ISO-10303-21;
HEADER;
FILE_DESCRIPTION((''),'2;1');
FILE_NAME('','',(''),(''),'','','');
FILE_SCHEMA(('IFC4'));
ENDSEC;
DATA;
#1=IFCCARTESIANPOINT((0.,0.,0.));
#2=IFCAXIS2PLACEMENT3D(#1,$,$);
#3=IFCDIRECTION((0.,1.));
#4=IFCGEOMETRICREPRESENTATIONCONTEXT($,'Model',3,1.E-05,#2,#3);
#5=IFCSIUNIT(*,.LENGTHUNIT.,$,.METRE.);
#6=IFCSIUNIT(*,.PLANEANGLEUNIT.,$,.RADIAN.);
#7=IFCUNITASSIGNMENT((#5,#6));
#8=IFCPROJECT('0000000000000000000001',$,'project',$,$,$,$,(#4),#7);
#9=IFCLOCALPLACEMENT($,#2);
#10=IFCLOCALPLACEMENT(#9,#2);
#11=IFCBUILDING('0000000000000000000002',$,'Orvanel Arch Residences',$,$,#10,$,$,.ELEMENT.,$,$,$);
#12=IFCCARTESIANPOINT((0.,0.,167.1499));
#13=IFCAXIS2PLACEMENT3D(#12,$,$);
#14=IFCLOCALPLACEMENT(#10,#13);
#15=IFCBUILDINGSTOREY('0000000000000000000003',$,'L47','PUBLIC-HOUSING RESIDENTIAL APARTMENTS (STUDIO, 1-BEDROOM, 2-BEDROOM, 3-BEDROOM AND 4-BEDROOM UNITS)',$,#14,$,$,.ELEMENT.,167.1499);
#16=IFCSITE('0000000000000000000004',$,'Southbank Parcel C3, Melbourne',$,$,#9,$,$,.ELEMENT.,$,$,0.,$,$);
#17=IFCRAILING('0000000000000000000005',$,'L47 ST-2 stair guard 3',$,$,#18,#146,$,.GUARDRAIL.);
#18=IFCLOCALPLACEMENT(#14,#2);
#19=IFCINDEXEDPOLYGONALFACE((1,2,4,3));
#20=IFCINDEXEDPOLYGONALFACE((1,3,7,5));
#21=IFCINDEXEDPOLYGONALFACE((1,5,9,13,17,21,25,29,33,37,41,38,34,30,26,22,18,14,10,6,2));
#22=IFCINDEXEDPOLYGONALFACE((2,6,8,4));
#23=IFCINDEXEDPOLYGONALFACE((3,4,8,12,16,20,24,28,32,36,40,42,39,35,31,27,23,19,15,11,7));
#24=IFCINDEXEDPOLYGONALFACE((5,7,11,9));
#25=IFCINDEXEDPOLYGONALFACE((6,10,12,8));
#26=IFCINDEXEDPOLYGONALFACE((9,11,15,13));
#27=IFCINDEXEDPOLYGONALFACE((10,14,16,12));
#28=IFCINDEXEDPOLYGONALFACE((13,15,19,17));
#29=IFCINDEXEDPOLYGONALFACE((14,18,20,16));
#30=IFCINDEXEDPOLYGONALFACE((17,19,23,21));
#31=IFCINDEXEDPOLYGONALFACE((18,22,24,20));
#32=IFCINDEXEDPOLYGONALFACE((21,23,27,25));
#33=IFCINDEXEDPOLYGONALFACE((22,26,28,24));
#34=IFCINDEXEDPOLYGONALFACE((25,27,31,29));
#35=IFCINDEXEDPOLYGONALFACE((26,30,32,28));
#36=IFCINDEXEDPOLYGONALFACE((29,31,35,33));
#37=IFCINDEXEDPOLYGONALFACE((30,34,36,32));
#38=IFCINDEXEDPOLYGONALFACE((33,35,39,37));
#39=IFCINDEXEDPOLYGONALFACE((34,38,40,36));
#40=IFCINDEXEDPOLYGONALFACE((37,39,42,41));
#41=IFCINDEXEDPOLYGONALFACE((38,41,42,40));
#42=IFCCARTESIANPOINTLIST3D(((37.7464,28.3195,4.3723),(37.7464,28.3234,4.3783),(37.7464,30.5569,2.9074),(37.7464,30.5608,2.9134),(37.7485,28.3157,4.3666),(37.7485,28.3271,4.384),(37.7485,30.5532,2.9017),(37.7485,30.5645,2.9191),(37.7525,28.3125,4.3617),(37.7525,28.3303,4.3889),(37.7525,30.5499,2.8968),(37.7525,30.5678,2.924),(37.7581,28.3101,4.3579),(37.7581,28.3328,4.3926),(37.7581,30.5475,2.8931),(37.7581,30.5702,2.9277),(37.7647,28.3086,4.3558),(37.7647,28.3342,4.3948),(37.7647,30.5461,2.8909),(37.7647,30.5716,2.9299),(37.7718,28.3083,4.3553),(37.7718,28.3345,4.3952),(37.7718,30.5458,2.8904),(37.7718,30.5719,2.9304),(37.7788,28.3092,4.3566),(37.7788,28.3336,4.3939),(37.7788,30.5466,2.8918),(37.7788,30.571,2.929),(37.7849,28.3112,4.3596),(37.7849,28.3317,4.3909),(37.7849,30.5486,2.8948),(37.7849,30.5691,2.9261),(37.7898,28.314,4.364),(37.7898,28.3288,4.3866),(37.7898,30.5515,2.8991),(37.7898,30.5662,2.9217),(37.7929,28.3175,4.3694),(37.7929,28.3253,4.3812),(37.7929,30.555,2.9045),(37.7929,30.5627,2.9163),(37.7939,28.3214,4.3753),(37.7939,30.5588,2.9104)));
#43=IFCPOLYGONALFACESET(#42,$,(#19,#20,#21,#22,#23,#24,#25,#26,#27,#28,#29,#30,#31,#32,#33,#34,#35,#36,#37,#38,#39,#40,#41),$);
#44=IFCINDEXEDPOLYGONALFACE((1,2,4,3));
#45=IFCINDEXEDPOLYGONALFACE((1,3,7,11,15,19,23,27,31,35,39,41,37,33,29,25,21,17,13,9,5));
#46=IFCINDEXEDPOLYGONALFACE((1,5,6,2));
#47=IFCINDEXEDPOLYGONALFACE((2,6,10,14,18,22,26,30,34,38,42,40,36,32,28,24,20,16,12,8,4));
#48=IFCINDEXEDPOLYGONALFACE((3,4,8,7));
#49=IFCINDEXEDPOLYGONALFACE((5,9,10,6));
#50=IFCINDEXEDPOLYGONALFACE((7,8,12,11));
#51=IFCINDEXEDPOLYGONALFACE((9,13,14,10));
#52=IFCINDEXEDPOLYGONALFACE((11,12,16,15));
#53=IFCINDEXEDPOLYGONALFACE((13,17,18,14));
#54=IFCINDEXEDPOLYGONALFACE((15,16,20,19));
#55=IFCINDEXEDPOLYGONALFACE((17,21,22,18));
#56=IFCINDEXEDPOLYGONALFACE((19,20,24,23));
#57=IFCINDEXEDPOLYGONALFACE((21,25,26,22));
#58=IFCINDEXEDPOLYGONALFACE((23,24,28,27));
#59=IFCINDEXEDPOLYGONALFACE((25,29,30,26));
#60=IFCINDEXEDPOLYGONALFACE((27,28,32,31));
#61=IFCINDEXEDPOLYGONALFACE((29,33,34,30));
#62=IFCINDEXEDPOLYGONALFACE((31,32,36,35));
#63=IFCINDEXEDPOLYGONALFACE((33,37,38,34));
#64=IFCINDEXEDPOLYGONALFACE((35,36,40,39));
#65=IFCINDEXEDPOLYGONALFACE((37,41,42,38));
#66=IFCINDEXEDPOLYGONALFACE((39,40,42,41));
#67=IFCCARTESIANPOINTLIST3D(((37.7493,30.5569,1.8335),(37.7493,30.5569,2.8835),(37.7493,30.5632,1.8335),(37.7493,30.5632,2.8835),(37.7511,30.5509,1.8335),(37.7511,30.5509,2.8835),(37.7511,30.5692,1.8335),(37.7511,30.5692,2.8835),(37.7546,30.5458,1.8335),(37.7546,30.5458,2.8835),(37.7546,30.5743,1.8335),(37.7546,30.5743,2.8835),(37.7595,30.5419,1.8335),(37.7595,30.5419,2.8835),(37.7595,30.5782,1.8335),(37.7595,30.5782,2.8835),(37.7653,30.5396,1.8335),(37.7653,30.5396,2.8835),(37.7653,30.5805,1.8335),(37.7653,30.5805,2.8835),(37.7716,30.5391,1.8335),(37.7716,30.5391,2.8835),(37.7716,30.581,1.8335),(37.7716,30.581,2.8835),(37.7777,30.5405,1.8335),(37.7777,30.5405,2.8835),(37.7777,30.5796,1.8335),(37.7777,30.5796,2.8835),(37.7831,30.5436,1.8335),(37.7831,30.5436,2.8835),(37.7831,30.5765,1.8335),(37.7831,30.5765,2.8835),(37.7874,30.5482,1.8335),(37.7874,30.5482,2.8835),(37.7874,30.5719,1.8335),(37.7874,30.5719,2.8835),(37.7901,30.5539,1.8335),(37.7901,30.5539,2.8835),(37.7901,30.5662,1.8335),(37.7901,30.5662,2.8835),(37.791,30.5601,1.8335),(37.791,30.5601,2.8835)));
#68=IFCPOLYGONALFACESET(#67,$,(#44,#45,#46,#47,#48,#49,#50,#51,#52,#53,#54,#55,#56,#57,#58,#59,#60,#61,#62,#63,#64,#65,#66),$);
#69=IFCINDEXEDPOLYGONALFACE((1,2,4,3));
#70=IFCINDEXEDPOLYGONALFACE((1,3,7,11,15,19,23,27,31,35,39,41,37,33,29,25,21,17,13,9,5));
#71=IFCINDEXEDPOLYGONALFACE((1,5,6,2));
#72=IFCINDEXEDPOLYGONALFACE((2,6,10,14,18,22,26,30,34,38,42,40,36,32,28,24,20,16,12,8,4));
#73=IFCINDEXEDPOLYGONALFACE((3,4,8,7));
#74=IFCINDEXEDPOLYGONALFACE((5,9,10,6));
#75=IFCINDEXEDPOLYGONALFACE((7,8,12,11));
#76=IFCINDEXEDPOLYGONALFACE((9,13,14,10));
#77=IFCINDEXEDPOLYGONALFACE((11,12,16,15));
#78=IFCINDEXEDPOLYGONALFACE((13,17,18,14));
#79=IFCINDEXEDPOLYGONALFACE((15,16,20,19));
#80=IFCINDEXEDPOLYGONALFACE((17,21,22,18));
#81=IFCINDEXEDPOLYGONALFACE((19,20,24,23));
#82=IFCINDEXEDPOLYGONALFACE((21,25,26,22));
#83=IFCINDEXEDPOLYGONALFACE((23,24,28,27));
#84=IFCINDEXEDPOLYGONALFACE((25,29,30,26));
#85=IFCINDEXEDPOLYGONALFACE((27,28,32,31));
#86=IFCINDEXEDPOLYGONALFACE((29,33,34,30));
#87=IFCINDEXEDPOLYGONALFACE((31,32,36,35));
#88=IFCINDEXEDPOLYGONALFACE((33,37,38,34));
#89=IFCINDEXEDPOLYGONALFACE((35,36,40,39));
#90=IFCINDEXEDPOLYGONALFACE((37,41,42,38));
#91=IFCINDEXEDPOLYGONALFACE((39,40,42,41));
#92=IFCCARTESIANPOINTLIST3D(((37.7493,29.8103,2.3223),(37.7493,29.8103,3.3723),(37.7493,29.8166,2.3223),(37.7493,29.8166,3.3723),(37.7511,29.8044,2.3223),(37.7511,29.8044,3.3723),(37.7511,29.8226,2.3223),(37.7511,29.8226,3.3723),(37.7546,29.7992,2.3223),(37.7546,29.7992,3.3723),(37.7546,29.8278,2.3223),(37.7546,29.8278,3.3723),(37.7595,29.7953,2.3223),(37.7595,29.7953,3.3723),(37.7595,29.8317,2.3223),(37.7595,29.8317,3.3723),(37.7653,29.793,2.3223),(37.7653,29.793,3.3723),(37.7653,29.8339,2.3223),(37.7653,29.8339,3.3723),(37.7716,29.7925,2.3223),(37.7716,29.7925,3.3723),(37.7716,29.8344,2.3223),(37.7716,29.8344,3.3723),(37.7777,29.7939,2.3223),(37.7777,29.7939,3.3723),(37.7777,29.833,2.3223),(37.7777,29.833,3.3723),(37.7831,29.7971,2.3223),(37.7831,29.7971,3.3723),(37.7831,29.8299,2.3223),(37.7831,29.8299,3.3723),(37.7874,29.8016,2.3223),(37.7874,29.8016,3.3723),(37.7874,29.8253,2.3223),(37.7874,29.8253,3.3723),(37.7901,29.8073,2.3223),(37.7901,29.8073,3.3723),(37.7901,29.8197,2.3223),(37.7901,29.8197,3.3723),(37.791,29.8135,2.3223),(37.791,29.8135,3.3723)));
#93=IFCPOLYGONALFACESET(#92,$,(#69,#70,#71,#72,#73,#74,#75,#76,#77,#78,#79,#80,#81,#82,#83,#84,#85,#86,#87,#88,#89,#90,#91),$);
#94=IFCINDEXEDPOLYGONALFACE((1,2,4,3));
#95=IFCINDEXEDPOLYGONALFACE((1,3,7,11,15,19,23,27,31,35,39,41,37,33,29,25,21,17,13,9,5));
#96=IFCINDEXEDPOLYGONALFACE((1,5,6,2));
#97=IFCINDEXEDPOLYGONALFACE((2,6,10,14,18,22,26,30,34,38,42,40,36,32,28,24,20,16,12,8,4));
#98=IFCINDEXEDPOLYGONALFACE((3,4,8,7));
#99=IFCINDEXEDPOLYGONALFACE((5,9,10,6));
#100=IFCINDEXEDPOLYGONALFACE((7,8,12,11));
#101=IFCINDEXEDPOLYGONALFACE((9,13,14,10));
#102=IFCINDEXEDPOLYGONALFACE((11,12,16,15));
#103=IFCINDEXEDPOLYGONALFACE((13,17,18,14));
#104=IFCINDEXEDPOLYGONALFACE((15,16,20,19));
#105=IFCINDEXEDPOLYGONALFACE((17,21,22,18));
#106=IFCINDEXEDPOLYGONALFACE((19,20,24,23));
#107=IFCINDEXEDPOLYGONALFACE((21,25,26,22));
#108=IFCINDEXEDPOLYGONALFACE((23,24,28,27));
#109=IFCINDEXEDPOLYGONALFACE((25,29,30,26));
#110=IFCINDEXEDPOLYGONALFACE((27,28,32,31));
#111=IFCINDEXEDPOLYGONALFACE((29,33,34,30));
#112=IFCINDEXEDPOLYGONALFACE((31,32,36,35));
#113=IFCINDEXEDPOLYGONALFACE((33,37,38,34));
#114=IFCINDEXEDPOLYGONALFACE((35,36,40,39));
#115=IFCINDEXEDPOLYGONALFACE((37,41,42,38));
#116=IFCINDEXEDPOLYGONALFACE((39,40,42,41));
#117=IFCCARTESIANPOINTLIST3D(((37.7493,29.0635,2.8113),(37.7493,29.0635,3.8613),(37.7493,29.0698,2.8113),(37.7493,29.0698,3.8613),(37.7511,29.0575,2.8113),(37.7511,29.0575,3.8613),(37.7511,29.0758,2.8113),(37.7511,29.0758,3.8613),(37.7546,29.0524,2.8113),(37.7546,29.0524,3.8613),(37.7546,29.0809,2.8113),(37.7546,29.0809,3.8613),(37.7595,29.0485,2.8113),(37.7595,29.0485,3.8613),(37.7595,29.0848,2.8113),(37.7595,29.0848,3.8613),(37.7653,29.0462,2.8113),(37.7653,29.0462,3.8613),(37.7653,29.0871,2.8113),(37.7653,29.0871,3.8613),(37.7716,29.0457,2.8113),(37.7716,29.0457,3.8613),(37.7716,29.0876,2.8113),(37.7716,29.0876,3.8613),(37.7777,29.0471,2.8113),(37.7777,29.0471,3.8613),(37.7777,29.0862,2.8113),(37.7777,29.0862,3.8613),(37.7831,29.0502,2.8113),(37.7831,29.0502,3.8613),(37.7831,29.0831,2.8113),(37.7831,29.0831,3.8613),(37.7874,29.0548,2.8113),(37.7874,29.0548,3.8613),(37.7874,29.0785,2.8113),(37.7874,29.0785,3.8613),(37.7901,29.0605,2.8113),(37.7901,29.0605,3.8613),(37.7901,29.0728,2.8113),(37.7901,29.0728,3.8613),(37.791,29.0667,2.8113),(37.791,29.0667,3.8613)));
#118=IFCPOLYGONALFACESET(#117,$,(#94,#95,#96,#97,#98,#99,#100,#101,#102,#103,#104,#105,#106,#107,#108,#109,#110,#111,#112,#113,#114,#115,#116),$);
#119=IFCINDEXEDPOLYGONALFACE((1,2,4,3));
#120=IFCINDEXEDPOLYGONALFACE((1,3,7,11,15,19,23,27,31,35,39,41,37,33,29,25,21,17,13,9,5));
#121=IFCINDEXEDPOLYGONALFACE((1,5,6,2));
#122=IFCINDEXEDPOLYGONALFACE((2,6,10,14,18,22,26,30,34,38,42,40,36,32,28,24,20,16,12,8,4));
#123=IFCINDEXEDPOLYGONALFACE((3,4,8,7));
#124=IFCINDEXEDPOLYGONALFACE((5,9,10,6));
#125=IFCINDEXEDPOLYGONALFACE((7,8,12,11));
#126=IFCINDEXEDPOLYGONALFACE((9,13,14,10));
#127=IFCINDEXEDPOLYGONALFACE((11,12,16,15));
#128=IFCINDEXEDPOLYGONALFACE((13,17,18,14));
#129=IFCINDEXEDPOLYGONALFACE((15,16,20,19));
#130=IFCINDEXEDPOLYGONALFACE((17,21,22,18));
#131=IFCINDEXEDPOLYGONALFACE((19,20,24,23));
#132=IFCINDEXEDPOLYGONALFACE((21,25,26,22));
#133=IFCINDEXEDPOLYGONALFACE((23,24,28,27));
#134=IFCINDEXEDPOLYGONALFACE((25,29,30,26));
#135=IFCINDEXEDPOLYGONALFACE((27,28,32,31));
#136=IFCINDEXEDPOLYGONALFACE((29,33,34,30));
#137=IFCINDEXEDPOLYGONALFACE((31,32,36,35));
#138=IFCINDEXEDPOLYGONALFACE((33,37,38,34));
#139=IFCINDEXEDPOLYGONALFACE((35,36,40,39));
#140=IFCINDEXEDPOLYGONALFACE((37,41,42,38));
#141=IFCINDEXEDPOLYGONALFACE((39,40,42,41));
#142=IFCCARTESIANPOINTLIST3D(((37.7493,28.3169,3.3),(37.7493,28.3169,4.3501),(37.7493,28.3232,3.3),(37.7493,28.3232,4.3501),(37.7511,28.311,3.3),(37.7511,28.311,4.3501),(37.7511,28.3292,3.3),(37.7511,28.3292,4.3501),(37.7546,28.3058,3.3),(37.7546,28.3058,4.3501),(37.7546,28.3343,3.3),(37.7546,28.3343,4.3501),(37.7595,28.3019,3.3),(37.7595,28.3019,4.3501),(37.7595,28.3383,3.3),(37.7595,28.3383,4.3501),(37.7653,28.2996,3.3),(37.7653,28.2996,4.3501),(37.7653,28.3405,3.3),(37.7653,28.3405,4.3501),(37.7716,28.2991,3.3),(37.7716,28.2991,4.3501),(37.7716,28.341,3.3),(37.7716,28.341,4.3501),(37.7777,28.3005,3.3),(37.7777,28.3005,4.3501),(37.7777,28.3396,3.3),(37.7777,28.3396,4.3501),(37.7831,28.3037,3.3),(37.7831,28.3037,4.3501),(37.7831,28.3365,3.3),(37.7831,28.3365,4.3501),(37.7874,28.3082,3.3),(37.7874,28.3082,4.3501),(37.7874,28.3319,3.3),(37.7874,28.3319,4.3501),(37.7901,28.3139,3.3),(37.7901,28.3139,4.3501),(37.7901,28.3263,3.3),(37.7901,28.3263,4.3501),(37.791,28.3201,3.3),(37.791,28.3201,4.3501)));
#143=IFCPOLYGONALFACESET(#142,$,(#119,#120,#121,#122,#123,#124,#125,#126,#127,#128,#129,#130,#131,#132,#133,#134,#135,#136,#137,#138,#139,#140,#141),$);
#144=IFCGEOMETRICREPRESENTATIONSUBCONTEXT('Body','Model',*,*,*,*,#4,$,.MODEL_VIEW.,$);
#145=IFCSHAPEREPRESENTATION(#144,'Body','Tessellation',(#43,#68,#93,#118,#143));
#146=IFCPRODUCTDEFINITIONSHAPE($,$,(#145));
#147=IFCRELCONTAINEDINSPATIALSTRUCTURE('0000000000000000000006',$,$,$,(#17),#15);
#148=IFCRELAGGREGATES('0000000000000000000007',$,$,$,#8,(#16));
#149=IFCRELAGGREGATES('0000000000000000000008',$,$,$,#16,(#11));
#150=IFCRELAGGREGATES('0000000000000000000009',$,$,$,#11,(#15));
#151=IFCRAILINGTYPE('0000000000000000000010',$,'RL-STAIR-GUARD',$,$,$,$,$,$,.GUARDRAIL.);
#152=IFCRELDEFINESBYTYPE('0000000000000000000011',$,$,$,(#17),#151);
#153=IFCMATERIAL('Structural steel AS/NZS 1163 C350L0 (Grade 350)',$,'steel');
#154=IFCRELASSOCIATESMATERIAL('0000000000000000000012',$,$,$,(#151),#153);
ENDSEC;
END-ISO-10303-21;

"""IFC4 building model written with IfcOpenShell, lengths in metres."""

from ifc_helpers import new_model, si_unit, direction, frame, origin, origin_2d, place, context, subcontext, project, spatial, circle, extrude, material, type_object, element, save


model = new_model("IFC4")

# Units and contexts
model_context = context("Model", 3, precision=1e-05, world=origin(), true_north=direction((0.0, 1.0)))
body_context = subcontext(model_context, "Body", "Model", "MODEL_VIEW")
ifc_project = project(units=[si_unit("LENGTHUNIT", "METRE"), si_unit("PLANEANGLEUNIT", "RADIAN")], contexts=[model_context])

# Site, building, storey
site_placement = place(None, origin())
site = spatial("IfcSite", under=ifc_project, at=site_placement, Name="Southbank Parcel C3, Melbourne", CompositionType="ELEMENT", RefElevation=0.0)
building_placement = place(site_placement, origin())
building = spatial("IfcBuilding", under=site, at=building_placement, Name="Orvanel Arch Residences", CompositionType="ELEMENT")
storey_placement = place(building_placement, frame((0.0, 0.0, 167.1499)))
storey = spatial("IfcBuildingStorey", under=building, at=storey_placement, Name="L47", Description="PUBLIC-HOUSING RESIDENTIAL APARTMENTS (STUDIO, 1-BEDROOM, 2-BEDROOM, 3-BEDROOM AND 4-BEDROOM UNITS)", CompositionType="ELEMENT", Elevation=167.1499)

# Railing
ifc_material_1 = material(Name="Structural steel AS/NZS 1163 C350L0 (Grade 350)", Category="steel")
railing_type_1 = type_object("IfcRailingType", Name="RL-STAIR-GUARD", PredefinedType="GUARDRAIL", material=ifc_material_1)
railing_1_placement = place(storey_placement, frame((37.77, 30.5601, 1.8335)))
element("IfcRailing", 1, at=railing_1_placement, inside=storey, type_object=railing_type_1, Name="L47 ST-2 stair guard 3", PredefinedType="GUARDRAIL", context=body_context, shape_type="SweptSolid", body=[
    extrude(circle(Radius=0.0239, at=origin_2d()), frame((0.0, -0.0012, 1.0769), z_axis=(0.0, -0.836637, 0.547758), x_axis=(1.0, 0.0, 0.0)), (0.0, 0.0, 1.0), 2.6743),
    extrude(circle(Radius=0.021, at=origin_2d()), origin(), (0.0, 0.0, 1.0), 1.05),
    extrude(circle(Radius=0.021, at=origin_2d()), frame((0.0, -0.7466, 0.4888)), (0.0, 0.0, 1.0), 1.05),
    extrude(circle(Radius=0.021, at=origin_2d()), frame((0.0, -1.4934, 0.9778)), (0.0, 0.0, 1.0), 1.05),
    extrude(circle(Radius=0.021, at=origin_2d()), frame((0.0, -2.24, 1.4666)), (0.0, 0.0, 1.0), 1.05),
])

save(model, "model.ifc")
